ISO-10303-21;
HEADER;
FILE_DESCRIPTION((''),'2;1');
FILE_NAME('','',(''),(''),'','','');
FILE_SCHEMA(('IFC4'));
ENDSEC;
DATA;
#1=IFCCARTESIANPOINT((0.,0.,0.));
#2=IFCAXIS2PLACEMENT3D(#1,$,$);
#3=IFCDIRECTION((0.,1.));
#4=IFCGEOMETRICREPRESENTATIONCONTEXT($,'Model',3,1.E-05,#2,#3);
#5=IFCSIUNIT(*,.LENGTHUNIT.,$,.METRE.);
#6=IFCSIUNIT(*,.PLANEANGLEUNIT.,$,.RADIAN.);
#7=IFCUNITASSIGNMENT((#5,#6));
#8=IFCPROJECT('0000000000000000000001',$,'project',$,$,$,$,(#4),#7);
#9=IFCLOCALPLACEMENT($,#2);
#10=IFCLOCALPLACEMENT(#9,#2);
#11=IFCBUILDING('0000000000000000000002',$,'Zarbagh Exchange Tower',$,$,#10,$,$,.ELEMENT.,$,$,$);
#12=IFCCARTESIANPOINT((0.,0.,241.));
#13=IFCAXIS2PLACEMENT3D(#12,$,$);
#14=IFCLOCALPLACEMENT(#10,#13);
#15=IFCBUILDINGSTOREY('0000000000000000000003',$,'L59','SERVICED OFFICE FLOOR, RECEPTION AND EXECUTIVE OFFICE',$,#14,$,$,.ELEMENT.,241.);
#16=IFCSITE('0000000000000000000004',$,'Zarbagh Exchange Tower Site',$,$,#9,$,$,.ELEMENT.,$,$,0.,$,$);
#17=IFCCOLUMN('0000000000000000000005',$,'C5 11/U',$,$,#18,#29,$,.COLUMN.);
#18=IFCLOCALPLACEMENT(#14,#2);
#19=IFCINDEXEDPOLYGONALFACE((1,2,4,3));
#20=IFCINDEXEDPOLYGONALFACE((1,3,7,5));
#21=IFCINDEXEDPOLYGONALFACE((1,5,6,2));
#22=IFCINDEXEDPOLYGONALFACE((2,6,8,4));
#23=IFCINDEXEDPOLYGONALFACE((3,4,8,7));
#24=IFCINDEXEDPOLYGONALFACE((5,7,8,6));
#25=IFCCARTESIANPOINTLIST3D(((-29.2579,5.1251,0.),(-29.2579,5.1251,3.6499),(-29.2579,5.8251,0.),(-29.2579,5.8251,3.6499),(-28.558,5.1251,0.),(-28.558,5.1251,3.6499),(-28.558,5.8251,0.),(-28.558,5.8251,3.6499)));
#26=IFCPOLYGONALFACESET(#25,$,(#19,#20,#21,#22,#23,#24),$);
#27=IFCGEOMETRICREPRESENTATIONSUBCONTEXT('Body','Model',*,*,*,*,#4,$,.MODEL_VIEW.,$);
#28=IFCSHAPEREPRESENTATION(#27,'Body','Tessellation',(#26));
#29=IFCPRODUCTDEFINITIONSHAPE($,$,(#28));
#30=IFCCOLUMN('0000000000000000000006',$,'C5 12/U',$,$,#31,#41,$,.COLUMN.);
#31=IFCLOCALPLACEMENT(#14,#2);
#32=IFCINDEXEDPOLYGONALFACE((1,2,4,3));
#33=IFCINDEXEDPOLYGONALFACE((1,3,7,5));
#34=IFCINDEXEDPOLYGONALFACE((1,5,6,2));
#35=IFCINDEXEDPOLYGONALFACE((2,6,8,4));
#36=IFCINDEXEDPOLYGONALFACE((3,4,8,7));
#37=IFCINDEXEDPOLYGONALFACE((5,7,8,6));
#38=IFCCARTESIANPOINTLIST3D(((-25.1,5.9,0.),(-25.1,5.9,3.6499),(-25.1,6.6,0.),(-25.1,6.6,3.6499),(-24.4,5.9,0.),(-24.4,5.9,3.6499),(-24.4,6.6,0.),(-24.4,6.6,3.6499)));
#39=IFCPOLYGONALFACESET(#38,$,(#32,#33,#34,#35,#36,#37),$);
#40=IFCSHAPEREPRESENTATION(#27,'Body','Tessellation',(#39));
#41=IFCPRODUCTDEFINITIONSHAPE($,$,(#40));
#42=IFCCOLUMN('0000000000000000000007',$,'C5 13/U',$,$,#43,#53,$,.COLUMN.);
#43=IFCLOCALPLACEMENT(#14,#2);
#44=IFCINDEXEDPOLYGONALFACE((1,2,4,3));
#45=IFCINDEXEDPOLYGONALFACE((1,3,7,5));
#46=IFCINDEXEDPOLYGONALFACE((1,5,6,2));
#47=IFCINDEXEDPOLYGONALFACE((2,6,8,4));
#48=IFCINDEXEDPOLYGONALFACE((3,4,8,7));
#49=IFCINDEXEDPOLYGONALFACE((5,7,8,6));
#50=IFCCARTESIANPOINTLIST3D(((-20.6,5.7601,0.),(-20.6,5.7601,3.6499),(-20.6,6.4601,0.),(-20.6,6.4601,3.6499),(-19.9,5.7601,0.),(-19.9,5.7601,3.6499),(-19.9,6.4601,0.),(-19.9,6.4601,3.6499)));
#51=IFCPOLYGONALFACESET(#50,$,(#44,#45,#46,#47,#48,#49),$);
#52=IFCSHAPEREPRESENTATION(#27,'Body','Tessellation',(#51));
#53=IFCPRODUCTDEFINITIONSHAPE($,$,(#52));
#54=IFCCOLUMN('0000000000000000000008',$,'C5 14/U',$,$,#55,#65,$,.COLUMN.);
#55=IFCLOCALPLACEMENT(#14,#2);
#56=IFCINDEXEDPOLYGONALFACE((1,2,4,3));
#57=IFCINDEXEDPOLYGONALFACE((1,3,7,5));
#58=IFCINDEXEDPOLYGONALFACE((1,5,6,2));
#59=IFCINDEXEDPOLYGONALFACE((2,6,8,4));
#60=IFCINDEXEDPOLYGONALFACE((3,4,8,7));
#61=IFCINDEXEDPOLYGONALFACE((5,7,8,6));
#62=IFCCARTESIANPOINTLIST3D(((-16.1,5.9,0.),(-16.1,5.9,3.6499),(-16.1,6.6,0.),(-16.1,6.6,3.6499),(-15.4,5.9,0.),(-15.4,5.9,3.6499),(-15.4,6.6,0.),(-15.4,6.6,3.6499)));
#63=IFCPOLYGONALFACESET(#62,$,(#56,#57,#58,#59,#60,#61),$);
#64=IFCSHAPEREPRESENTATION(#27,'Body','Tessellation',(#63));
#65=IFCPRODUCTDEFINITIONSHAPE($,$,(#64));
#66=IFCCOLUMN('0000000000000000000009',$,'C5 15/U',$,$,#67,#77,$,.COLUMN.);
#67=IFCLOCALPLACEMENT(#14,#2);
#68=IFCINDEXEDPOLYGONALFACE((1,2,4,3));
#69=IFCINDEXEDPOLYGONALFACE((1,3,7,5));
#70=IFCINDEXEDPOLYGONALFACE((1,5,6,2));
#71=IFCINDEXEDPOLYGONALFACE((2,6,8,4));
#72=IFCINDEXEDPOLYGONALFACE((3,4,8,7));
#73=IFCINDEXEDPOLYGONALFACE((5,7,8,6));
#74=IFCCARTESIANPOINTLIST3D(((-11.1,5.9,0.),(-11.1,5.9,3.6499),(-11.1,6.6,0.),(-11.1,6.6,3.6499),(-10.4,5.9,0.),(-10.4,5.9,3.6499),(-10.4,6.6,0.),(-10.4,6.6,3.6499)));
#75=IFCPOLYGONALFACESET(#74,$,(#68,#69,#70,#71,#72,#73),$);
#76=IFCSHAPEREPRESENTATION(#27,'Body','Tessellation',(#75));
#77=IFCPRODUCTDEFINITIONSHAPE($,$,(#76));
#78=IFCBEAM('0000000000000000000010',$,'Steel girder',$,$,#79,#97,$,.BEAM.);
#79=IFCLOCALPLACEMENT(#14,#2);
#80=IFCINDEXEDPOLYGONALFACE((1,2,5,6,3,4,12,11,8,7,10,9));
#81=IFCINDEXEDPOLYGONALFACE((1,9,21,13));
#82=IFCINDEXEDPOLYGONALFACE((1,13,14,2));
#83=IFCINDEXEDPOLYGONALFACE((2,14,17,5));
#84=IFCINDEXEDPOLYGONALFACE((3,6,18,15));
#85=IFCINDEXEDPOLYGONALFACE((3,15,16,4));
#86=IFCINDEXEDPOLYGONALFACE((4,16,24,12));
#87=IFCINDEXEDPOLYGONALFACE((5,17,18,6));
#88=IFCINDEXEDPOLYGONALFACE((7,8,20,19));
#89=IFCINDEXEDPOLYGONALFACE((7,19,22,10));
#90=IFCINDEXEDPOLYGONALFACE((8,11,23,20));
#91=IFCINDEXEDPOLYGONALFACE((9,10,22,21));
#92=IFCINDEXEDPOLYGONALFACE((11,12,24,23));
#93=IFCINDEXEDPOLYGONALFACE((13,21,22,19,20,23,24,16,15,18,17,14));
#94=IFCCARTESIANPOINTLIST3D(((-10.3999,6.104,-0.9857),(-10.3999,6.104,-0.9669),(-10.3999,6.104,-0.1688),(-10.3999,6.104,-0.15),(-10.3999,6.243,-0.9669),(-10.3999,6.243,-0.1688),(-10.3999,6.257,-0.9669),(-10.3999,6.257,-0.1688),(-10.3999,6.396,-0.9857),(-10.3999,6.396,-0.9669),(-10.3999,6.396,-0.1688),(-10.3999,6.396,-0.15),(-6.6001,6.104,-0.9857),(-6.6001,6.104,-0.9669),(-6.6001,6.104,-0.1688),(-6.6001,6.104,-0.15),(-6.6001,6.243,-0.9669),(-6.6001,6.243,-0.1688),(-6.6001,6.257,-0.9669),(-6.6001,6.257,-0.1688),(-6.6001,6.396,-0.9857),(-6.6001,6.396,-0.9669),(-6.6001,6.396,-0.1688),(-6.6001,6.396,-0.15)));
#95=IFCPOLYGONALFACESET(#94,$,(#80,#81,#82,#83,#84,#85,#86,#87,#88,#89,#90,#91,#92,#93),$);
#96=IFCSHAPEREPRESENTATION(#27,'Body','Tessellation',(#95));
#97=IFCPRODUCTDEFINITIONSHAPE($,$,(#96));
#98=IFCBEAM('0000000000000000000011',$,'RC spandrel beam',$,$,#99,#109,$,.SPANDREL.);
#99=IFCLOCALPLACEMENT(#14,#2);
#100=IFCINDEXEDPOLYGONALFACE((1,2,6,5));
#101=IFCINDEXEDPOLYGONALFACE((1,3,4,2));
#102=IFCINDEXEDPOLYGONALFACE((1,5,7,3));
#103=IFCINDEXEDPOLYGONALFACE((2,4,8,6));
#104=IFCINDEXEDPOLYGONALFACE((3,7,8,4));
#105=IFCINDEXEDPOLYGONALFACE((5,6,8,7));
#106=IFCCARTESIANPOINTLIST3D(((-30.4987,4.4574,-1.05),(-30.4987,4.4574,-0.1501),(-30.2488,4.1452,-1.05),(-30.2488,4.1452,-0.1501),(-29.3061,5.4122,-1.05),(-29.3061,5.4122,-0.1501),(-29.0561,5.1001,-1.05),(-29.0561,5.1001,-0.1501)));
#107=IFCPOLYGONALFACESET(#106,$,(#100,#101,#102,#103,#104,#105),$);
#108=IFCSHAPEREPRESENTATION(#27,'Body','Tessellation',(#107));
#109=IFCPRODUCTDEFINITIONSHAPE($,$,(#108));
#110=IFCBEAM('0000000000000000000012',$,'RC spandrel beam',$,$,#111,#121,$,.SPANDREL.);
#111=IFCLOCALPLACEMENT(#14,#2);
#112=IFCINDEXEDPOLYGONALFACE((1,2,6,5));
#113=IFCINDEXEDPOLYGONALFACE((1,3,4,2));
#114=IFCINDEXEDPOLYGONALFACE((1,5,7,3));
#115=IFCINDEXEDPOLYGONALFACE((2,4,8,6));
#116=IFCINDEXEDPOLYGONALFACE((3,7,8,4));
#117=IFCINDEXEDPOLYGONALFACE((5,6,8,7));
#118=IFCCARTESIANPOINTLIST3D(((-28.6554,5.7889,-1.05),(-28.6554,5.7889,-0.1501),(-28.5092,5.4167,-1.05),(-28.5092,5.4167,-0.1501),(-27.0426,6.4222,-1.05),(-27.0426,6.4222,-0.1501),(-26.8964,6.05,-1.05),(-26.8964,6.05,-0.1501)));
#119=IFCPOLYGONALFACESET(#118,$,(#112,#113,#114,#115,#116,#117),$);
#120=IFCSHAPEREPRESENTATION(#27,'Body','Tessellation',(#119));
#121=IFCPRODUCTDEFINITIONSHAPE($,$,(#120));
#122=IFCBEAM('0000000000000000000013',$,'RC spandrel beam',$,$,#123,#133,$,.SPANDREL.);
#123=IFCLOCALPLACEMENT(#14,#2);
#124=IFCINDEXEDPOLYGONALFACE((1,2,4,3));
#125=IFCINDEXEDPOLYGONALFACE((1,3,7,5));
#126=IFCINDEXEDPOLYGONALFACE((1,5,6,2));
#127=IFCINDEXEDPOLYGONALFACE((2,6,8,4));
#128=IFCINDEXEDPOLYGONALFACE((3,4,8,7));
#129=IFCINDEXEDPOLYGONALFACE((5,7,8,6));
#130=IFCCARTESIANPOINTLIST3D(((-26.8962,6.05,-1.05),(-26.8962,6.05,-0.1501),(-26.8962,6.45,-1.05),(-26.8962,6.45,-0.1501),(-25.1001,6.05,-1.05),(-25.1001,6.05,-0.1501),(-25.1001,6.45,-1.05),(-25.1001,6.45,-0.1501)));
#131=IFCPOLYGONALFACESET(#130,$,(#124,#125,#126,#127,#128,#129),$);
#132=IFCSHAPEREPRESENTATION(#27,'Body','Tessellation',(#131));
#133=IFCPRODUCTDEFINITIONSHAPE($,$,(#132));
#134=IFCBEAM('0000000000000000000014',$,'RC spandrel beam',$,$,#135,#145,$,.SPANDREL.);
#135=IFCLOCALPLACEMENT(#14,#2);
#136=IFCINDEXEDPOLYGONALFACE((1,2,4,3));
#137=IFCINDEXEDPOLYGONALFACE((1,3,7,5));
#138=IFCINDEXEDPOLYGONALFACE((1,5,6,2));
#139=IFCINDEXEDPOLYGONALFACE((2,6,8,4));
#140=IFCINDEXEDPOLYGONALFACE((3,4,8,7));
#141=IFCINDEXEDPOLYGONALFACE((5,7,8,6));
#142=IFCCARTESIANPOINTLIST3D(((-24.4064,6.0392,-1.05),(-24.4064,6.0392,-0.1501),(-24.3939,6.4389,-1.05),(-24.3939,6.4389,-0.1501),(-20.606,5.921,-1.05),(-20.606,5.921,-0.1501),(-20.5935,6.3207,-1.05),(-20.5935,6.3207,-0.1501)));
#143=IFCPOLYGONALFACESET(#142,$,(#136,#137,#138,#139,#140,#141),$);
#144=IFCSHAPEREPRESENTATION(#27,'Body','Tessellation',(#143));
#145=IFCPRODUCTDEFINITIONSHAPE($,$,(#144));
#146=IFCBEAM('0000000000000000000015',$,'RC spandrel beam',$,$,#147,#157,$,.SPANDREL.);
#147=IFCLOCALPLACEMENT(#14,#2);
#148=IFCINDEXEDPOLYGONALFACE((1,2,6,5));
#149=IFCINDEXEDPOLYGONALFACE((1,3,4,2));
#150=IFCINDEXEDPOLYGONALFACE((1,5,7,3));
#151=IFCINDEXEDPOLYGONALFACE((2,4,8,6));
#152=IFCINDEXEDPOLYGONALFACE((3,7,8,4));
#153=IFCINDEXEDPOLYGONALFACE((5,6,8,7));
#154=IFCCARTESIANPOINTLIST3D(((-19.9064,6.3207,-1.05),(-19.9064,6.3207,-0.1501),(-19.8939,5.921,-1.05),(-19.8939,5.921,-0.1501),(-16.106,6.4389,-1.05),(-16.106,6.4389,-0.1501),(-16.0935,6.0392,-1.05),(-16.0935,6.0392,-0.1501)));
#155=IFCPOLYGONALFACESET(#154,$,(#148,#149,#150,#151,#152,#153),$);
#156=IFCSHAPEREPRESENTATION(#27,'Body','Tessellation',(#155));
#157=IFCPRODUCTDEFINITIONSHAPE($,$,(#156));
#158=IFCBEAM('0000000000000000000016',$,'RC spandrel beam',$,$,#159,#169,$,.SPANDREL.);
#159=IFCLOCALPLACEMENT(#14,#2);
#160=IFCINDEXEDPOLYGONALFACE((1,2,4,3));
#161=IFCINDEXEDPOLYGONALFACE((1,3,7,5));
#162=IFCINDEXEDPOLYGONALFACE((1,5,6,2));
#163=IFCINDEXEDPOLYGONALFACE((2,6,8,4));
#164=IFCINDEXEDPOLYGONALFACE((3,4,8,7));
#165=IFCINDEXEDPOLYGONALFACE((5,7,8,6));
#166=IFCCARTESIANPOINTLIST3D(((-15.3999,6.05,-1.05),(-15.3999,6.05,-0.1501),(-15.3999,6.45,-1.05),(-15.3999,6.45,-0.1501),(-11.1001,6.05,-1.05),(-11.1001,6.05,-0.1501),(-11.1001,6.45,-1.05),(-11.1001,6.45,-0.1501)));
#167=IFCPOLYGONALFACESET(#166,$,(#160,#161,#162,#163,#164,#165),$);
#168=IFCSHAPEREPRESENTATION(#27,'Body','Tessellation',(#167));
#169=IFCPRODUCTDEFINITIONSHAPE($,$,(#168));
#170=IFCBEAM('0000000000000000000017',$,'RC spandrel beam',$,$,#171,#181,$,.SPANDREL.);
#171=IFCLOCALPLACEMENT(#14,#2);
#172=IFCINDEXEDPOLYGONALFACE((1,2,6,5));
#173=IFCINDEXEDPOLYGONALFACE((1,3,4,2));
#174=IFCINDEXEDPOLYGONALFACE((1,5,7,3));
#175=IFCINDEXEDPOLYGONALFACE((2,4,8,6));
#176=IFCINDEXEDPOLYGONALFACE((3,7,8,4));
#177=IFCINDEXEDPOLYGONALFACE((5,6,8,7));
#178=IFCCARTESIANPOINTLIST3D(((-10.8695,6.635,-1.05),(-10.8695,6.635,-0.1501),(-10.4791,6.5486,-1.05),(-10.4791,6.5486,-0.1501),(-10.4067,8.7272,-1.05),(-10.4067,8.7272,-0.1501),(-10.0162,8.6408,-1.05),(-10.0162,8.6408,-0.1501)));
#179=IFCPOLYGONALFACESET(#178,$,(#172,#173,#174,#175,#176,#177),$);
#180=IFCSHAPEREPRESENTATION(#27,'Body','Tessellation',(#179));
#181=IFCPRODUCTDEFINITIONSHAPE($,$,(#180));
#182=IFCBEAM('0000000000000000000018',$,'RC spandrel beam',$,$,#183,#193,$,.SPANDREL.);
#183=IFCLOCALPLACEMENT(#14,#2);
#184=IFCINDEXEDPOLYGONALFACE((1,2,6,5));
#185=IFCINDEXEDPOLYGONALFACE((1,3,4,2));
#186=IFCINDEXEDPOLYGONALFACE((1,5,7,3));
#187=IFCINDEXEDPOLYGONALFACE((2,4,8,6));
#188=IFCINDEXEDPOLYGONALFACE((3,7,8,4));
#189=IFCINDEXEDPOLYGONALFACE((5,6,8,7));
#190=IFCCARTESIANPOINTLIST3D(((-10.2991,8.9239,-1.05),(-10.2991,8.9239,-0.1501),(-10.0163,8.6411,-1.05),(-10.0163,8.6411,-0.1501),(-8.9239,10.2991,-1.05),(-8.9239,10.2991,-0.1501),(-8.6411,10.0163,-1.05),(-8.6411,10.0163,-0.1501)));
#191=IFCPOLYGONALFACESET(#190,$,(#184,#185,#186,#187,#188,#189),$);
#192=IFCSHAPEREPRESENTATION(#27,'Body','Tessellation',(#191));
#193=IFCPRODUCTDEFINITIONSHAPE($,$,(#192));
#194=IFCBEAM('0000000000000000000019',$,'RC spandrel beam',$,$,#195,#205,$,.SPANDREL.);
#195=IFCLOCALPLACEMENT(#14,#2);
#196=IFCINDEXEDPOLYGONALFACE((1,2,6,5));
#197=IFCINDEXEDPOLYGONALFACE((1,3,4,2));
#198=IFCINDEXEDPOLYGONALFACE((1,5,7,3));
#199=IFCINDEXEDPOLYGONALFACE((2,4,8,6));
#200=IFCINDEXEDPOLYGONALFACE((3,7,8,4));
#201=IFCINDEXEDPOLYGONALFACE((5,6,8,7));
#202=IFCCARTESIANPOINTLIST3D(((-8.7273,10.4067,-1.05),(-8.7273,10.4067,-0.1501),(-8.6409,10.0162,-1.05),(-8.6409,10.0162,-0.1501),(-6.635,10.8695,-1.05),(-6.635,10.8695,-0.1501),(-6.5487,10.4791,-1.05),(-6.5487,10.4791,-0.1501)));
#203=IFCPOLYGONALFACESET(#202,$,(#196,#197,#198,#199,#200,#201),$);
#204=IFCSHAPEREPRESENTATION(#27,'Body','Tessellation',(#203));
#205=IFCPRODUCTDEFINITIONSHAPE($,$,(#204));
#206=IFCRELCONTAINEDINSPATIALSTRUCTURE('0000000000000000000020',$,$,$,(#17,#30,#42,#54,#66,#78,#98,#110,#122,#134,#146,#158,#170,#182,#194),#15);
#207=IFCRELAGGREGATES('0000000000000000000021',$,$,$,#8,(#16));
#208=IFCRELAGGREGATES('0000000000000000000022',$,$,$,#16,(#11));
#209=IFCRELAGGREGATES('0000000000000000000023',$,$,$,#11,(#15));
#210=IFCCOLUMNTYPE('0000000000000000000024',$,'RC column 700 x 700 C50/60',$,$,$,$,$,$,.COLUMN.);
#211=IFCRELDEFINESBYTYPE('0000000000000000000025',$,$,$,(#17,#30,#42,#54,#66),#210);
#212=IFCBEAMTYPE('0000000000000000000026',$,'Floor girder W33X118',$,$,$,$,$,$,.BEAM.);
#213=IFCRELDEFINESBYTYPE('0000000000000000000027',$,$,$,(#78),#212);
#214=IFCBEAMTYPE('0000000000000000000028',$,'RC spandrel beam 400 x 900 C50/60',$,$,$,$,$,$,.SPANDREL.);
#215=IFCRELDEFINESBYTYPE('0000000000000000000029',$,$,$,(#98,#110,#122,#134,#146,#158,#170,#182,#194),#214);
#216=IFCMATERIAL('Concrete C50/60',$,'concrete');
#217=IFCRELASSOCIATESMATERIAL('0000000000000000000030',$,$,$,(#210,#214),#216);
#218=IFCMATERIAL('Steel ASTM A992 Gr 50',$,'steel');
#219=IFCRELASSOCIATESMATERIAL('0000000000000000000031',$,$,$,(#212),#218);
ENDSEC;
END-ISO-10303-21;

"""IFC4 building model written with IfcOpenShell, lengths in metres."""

from ifc_helpers import new_model, si_unit, direction, frame, origin, origin_2d, place, context, subcontext, project, spatial, rectangle, i_section, extrude, material, material_profile, profile_set, type_object, element, save


model = new_model("IFC4")

# Units and contexts
model_context = context("Model", 3, precision=1e-05, world=origin(), true_north=direction((0.0, 1.0)))
body_context = subcontext(model_context, "Body", "Model", "MODEL_VIEW")
ifc_project = project(units=[si_unit("LENGTHUNIT", "METRE"), si_unit("PLANEANGLEUNIT", "RADIAN")], contexts=[model_context])

# Site, building, storey
site_placement = place(None, origin())
site = spatial("IfcSite", under=ifc_project, at=site_placement, Name="Zarbagh Exchange Tower Site", CompositionType="ELEMENT", RefElevation=0.0)
building_placement = place(site_placement, origin())
building = spatial("IfcBuilding", under=site, at=building_placement, Name="Zarbagh Exchange Tower", CompositionType="ELEMENT")
storey_placement = place(building_placement, frame((0.0, 0.0, 241.0)))
storey = spatial("IfcBuildingStorey", under=building, at=storey_placement, Name="L59", Description="SERVICED OFFICE FLOOR, RECEPTION AND EXECUTIVE OFFICE", CompositionType="ELEMENT", Elevation=241.0)

# Columns
ifc_material_1 = material(Name="Concrete C50/60", Category="concrete")
ifc_material_profile_1 = material_profile(ifc_material_1, rectangle(XDim=0.7, YDim=0.7, at=origin_2d()), Name="RC column 700 x 700 C50/60")
ifc_profile_set_1 = profile_set([ifc_material_profile_1], Name="Concrete C50/60")
column_type = type_object("IfcColumnType", Name="RC column 700 x 700 C50/60", PredefinedType="COLUMN", material=ifc_profile_set_1)
for number, where, z_axis, x_axis, name in (
    (1, (-28.908, 5.4751, 0.0), (0.0, 0.0, 1.0), (1.0, 0.0, 0.0), "C5 11/U"),
    (2, (-24.75, 6.25, 0.0), (0.0, 0.0, 1.0), (1.0, 0.0, 0.0), "C5 12/U"),
    (3, (-20.25, 6.1101, 0.0), (0.0, 0.0, 1.0), (1.0, 0.0, 0.0), "C5 13/U"),
    (4, (-15.75, 6.25, 0.0), (0.0, 0.0, 1.0), (1.0, 0.0, 0.0), "C5 14/U"),
    (5, (-10.75, 6.25, 0.0), (0.0, 0.0, 1.0), (1.0, 0.0, 0.0), "C5 15/U"),
):
    element("IfcColumn", number, at=place(storey_placement, frame(where, z_axis=z_axis, x_axis=x_axis)), inside=storey, type_object=column_type, Name=name, PredefinedType="COLUMN", context=body_context, shape_type="SweptSolid", body=[
        extrude(rectangle(XDim=0.7, YDim=0.7, at=origin_2d()), origin(), (0.0, 0.0, 1.0), 3.6499),
    ])

# Beams
ifc_material_2 = material(Name="Steel ASTM A992 Gr 50", Category="steel")
ifc_material_profile_2 = material_profile(ifc_material_2, i_section(OverallWidth=0.292, OverallDepth=0.8357, WebThickness=0.0139, FlangeThickness=0.0188, at=origin_2d()), Name="W33X118")
ifc_profile_set_2 = profile_set([ifc_material_profile_2], Name="Steel ASTM A992 Gr 50")
beam_type_1 = type_object("IfcBeamType", Name="Floor girder W33X118", PredefinedType="BEAM", material=ifc_profile_set_2)
beam_1_placement = place(storey_placement, frame((-10.3999, 6.25, -0.5679), z_axis=(1.0, 0.0, 0.0), x_axis=(0.0, 1.0, 0.0)))
element("IfcBeam", 6, at=beam_1_placement, inside=storey, type_object=beam_type_1, Name="Steel girder", PredefinedType="BEAM", context=body_context, shape_type="SweptSolid", body=[
    extrude(i_section(OverallWidth=0.292, OverallDepth=0.8357, WebThickness=0.0139, FlangeThickness=0.0188, at=origin_2d()), origin(), (0.0, 0.0, 1.0), 3.7998),
])
ifc_material_profile_3 = material_profile(ifc_material_1, rectangle(XDim=0.3999, YDim=0.8999, at=origin_2d()), Name="RC spandrel beam 400 x 900 C50/60")
ifc_profile_set_3 = profile_set([ifc_material_profile_3], Name="Concrete C50/60")
beam_type_2 = type_object("IfcBeamType", Name="RC spandrel beam 400 x 900 C50/60", PredefinedType="SPANDREL", material=ifc_profile_set_3)
beam_2_placement = place(storey_placement, frame((-30.3738, 4.3013, -0.6001), z_axis=(0.780635, 0.624987, 0.0), x_axis=(-0.624987, 0.780635, 0.0)))
element("IfcBeam", 7, at=beam_2_placement, inside=storey, type_object=beam_type_2, Name="RC spandrel beam", PredefinedType="SPANDREL", context=body_context, shape_type="SweptSolid", body=[
    extrude(rectangle(XDim=0.3999, YDim=0.8999, at=origin_2d()), origin(), (0.0, 0.0, 1.0), 1.5278),
])
beam_3_placement = place(storey_placement, frame((-28.5823, 5.6028, -0.6001), z_axis=(0.93081, 0.365504, 0.0), x_axis=(-0.365504, 0.93081, 0.0)))
element("IfcBeam", 8, at=beam_3_placement, inside=storey, type_object=beam_type_2, Name="RC spandrel beam", PredefinedType="SPANDREL", context=body_context, shape_type="SweptSolid", body=[
    extrude(rectangle(XDim=0.3999, YDim=0.8999, at=origin_2d()), origin(), (0.0, 0.0, 1.0), 1.7327),
])
beam_4_placement = place(storey_placement, frame((-26.8962, 6.25, -0.6001), z_axis=(1.0, 0.0, 0.0), x_axis=(0.0, 1.0, 0.0)))
element("IfcBeam", 9, at=beam_4_placement, inside=storey, type_object=beam_type_2, Name="RC spandrel beam", PredefinedType="SPANDREL", context=body_context, shape_type="SweptSolid", body=[
    extrude(rectangle(XDim=0.3999, YDim=0.8999, at=origin_2d()), origin(), (0.0, 0.0, 1.0), 1.7961),
])
for number, where, z_axis, x_axis, name in (
    (10, (-24.4001, 6.239, -0.6001), (0.999517, -0.031078, 0.0), (0.031078, 0.999517, 0.0), "RC spandrel beam"),
    (11, (-19.9001, 6.1208, -0.6001), (0.999517, 0.031078, 0.0), (-0.031078, 0.999517, 0.0), "RC spandrel beam"),
):
    element("IfcBeam", number, at=place(storey_placement, frame(where, z_axis=z_axis, x_axis=x_axis)), inside=storey, type_object=beam_type_2, Name=name, PredefinedType="SPANDREL", context=body_context, shape_type="SweptSolid", body=[
        extrude(rectangle(XDim=0.3999, YDim=0.8999, at=origin_2d()), origin(), (0.0, 0.0, 1.0), 3.8022),
    ])
beam_5_placement = place(storey_placement, frame((-15.3999, 6.25, -0.6001), z_axis=(1.0, 0.0, 0.0), x_axis=(0.0, 1.0, 0.0)))
element("IfcBeam", 12, at=beam_5_placement, inside=storey, type_object=beam_type_2, Name="RC spandrel beam", PredefinedType="SPANDREL", context=body_context, shape_type="SweptSolid", body=[
    extrude(rectangle(XDim=0.3999, YDim=0.8999, at=origin_2d()), origin(), (0.0, 0.0, 1.0), 4.2998),
])
beam_6_placement = place(storey_placement, frame((-10.6743, 6.5918, -0.6001), z_axis=(0.216014, 0.97639, 0.0), x_axis=(-0.97639, 0.216014, 0.0)))
element("IfcBeam", 13, at=beam_6_placement, inside=storey, type_object=beam_type_2, Name="RC spandrel beam", PredefinedType="SPANDREL", context=body_context, shape_type="SweptSolid", body=[
    extrude(rectangle(XDim=0.3999, YDim=0.8999, at=origin_2d()), origin(), (0.0, 0.0, 1.0), 2.1428),
])
beam_7_placement = place(storey_placement, frame((-10.1577, 8.7825, -0.6001), z_axis=(0.707107, 0.707107, 0.0), x_axis=(-0.707107, 0.707107, 0.0)))
element("IfcBeam", 14, at=beam_7_placement, inside=storey, type_object=beam_type_2, Name="RC spandrel beam", PredefinedType="SPANDREL", context=body_context, shape_type="SweptSolid", body=[
    extrude(rectangle(XDim=0.3999, YDim=0.8999, at=origin_2d()), origin(), (0.0, 0.0, 1.0), 1.9448),
])
beam_8_placement = place(storey_placement, frame((-8.6841, 10.2114, -0.6001), z_axis=(0.97639, 0.216014, 0.0), x_axis=(-0.216014, 0.97639, 0.0)))
element("IfcBeam", 15, at=beam_8_placement, inside=storey, type_object=beam_type_2, Name="RC spandrel beam", PredefinedType="SPANDREL", context=body_context, shape_type="SweptSolid", body=[
    extrude(rectangle(XDim=0.3999, YDim=0.8999, at=origin_2d()), origin(), (0.0, 0.0, 1.0), 2.1428),
])

save(model, "model.ifc")
